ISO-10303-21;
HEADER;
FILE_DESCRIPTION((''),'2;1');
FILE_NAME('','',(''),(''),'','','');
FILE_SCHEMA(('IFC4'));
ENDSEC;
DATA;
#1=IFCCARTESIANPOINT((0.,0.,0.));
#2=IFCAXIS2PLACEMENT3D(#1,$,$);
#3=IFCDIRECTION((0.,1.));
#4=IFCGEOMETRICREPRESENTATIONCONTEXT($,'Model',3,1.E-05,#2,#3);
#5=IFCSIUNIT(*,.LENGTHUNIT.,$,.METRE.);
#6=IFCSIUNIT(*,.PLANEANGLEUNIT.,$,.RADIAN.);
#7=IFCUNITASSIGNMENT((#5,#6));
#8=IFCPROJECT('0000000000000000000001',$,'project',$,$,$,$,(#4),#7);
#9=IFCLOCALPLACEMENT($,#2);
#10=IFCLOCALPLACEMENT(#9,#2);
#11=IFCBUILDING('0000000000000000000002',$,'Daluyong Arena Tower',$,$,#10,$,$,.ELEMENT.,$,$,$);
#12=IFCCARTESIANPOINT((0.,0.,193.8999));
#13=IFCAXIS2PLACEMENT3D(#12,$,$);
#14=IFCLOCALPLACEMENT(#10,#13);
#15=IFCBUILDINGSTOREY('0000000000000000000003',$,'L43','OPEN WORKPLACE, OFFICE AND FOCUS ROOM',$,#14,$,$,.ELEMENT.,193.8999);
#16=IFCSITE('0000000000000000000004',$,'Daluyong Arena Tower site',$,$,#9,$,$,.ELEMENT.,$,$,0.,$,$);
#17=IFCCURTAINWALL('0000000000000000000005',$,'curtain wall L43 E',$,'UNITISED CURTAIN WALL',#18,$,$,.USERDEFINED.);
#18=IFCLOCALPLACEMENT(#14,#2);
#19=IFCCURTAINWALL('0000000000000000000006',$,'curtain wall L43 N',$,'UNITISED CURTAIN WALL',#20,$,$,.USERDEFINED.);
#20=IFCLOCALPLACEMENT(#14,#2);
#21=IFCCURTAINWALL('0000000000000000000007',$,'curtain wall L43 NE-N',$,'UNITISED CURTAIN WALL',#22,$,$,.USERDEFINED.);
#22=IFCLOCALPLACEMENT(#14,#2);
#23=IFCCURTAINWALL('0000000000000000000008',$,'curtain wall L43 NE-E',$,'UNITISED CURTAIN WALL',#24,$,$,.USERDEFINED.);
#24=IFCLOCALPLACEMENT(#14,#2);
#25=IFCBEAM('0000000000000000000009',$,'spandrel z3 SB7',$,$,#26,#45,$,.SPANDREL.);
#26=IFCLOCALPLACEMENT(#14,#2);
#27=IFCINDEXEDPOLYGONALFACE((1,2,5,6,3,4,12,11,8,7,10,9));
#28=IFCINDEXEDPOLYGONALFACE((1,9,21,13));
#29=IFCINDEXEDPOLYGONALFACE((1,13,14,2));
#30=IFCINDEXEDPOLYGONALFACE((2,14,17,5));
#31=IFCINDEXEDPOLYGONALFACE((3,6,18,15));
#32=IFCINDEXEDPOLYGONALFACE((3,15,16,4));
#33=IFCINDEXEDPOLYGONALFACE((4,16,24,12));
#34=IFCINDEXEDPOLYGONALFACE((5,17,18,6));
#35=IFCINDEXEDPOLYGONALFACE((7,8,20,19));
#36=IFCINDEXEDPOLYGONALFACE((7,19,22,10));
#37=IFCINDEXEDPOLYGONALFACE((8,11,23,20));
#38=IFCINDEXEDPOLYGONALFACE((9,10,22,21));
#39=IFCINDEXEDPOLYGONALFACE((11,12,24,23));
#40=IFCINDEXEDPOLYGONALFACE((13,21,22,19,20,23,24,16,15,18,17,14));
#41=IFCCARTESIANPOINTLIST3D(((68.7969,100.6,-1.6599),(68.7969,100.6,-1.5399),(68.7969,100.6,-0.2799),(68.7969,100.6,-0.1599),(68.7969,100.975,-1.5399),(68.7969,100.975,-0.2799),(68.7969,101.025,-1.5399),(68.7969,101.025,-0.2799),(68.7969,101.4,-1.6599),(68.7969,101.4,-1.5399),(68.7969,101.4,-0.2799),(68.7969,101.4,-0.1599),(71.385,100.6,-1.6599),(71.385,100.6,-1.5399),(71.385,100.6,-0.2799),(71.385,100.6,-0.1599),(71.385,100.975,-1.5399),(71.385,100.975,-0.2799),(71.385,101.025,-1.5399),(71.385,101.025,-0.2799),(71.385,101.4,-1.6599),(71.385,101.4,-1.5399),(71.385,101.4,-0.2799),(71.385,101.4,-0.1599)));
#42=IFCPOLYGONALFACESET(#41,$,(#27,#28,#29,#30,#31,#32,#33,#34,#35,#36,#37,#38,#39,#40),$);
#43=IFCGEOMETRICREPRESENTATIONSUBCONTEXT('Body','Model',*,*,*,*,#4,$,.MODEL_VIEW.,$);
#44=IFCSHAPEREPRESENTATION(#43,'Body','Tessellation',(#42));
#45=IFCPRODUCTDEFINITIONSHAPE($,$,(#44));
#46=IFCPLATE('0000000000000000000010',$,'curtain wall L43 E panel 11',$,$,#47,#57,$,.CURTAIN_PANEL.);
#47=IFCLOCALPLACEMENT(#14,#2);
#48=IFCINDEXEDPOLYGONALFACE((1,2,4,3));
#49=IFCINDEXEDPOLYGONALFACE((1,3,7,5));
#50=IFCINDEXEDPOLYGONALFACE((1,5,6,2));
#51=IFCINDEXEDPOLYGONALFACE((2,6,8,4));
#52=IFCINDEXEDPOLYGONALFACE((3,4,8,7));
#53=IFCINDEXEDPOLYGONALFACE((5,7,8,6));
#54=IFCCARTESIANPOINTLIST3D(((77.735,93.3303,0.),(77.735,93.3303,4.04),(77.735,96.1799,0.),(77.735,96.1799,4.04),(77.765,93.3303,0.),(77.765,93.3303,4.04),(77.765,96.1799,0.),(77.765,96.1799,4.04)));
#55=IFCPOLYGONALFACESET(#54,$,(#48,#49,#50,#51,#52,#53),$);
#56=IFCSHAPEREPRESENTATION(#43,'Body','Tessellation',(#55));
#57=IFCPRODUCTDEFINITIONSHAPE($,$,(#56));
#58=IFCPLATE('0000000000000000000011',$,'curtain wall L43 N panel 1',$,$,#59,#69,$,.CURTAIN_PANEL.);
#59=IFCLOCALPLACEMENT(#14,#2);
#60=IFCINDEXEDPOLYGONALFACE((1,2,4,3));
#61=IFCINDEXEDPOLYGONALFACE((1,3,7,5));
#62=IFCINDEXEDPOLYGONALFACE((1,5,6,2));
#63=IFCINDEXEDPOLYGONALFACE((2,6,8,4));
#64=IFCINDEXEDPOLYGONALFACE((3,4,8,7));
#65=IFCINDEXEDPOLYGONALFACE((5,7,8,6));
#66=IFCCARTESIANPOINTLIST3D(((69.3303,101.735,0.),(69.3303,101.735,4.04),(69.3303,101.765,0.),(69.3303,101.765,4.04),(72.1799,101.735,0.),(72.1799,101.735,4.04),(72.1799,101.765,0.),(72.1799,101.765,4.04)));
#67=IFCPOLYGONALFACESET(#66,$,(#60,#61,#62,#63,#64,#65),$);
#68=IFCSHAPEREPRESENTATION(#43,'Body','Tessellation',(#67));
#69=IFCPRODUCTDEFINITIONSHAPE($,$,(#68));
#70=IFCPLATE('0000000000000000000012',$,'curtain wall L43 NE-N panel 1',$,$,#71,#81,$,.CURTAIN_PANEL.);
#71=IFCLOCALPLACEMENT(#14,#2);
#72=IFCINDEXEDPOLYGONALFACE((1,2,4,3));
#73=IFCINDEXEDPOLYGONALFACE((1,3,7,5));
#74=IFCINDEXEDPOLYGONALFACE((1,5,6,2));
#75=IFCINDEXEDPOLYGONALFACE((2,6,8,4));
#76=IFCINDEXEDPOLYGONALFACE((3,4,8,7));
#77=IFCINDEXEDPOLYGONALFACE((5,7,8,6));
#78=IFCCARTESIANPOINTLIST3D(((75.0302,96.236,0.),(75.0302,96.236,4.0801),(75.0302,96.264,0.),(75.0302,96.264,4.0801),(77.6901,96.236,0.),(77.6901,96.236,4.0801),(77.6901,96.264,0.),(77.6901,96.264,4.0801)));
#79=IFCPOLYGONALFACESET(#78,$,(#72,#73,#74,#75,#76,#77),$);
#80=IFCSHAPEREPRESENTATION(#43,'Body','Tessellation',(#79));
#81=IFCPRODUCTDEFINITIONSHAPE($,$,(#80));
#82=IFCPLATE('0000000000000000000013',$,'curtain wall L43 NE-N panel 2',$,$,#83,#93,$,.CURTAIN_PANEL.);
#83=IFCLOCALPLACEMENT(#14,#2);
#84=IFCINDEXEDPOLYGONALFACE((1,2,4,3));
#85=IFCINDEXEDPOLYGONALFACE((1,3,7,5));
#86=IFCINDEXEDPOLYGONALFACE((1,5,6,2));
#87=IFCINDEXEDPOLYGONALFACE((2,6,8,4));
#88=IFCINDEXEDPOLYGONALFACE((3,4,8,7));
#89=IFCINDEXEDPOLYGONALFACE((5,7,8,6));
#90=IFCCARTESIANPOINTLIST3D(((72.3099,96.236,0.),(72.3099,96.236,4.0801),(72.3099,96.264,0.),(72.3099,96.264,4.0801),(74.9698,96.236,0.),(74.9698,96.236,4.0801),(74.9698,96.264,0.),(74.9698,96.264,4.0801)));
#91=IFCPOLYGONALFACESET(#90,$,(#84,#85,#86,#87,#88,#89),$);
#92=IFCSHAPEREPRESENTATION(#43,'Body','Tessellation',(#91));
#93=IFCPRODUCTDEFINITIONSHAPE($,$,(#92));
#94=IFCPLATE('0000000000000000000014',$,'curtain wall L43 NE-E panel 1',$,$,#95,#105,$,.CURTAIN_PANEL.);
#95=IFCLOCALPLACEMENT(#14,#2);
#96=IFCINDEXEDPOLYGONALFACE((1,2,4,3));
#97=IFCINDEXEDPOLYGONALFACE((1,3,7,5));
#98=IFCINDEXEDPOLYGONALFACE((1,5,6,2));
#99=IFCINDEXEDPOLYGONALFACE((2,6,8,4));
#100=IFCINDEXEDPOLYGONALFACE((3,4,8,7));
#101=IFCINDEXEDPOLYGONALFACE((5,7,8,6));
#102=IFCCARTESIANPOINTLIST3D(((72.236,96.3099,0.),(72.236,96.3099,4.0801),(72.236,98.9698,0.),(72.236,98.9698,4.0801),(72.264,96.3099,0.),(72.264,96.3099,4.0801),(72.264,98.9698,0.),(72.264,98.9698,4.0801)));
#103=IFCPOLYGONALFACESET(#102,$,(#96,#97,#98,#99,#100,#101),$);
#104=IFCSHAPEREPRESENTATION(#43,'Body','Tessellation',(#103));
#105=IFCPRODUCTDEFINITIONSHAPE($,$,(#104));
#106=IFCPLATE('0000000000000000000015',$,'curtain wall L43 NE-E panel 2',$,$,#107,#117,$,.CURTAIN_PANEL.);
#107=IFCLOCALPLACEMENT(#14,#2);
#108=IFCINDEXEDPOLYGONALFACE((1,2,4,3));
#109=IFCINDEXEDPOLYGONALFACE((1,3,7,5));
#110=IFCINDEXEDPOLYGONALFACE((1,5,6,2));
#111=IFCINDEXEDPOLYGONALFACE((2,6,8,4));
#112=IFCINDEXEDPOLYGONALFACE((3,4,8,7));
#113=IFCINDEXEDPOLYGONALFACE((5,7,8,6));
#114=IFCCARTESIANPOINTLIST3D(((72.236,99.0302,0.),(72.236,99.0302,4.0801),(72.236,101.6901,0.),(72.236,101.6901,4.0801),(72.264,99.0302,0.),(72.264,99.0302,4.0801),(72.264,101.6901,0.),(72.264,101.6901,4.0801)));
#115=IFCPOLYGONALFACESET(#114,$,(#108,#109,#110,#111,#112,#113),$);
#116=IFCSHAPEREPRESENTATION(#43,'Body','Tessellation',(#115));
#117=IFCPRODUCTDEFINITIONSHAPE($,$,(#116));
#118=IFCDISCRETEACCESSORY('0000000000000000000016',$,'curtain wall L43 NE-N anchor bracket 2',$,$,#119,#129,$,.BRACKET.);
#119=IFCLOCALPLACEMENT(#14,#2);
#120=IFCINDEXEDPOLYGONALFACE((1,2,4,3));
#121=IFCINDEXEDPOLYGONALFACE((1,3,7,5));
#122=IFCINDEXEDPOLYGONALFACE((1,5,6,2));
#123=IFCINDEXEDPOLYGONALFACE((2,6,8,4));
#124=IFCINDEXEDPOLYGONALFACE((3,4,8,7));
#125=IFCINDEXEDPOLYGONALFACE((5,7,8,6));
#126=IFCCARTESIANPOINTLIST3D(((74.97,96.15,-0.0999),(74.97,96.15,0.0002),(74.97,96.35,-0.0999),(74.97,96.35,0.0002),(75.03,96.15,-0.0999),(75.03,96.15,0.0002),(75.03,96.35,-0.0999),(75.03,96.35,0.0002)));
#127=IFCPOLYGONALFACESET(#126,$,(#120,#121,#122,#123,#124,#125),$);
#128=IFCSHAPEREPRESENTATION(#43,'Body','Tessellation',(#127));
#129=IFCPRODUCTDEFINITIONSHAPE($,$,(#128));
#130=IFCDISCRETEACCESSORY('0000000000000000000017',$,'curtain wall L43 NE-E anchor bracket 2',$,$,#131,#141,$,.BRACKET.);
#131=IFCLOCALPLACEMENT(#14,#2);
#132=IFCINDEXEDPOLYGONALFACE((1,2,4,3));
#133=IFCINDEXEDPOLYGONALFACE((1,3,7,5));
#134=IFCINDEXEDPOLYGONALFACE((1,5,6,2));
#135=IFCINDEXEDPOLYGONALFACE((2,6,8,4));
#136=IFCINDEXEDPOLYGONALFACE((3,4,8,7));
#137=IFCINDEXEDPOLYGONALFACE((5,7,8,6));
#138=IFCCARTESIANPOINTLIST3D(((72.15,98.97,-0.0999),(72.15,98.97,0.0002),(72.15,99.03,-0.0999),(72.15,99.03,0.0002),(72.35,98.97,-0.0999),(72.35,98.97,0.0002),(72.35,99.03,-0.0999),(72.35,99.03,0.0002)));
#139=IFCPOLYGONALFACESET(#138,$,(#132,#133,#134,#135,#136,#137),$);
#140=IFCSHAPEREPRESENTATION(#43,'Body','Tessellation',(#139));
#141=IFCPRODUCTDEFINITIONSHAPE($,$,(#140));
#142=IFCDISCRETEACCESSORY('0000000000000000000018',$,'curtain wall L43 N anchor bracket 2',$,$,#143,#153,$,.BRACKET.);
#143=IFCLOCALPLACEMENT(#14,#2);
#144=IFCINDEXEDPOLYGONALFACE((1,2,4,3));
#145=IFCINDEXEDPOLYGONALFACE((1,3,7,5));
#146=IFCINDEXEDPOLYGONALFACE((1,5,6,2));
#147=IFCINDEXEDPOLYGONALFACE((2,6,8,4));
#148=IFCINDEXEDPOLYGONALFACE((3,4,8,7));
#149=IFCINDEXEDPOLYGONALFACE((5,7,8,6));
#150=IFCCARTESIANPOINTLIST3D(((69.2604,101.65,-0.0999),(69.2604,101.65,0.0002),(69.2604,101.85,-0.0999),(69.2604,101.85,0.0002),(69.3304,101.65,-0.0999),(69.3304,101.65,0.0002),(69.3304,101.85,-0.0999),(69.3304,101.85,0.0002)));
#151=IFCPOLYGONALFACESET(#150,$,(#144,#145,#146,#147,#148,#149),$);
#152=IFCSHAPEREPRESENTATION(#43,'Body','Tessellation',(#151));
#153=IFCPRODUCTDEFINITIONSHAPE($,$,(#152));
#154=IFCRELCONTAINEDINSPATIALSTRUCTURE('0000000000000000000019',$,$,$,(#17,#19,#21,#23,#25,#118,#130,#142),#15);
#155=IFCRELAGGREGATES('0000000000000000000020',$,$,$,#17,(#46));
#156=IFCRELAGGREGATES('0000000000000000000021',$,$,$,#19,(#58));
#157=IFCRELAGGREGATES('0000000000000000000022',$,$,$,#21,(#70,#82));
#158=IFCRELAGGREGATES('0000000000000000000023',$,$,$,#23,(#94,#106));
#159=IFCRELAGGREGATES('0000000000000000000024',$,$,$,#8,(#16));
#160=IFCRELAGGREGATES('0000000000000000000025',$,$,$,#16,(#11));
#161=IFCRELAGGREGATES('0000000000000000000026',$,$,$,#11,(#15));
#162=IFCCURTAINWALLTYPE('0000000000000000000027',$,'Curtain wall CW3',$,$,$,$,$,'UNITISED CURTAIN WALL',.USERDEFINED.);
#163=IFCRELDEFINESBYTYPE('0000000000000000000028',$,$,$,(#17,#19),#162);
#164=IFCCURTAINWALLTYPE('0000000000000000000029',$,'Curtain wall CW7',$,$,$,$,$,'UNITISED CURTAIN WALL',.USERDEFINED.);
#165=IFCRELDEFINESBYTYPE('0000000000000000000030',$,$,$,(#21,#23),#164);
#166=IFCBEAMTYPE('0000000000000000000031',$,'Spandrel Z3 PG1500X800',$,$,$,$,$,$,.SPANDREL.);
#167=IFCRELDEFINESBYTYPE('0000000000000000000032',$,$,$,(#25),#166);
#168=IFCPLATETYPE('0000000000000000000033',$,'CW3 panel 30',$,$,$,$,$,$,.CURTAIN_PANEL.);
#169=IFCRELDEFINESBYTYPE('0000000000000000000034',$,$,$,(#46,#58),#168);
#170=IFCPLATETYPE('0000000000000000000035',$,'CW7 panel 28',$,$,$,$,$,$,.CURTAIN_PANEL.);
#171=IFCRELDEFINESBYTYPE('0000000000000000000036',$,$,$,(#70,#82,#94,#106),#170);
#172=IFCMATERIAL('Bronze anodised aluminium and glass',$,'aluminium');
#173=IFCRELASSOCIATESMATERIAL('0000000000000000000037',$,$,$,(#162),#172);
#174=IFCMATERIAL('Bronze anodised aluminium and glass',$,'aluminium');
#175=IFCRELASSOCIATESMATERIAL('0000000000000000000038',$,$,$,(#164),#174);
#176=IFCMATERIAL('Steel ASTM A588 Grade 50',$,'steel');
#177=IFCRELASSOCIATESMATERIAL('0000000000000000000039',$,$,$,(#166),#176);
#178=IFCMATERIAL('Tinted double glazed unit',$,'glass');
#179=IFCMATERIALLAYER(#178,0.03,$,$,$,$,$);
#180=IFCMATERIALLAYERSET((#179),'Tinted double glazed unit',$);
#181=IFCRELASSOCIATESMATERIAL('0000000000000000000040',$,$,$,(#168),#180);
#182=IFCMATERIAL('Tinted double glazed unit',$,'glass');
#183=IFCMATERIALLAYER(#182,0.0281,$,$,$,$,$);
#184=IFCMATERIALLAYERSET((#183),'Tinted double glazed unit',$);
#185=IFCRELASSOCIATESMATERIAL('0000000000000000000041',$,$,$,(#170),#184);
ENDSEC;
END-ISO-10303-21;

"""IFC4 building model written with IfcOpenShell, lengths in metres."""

from ifc_helpers import new_model, si_unit, direction, frame, origin, origin_2d, place, context, subcontext, project, spatial, rectangle, i_section, extrude, material, layer, layer_set, material_profile, profile_set, type_object, element, aggregate, save


model = new_model("IFC4")

# Units and contexts
model_context = context("Model", 3, precision=1e-05, world=origin(), true_north=direction((0.0, 1.0)))
body_context = subcontext(model_context, "Body", "Model", "MODEL_VIEW")
ifc_project = project(units=[si_unit("LENGTHUNIT", "METRE"), si_unit("PLANEANGLEUNIT", "RADIAN")], contexts=[model_context])

# Site, building, storey
site_placement = place(None, origin())
site = spatial("IfcSite", under=ifc_project, at=site_placement, Name="Daluyong Arena Tower site", CompositionType="ELEMENT", RefElevation=0.0)
building_placement = place(site_placement, origin())
building = spatial("IfcBuilding", under=site, at=building_placement, Name="Daluyong Arena Tower", CompositionType="ELEMENT")
storey_placement = place(building_placement, frame((0.0, 0.0, 193.8999)))
storey = spatial("IfcBuildingStorey", under=building, at=storey_placement, Name="L43", Description="OPEN WORKPLACE, OFFICE AND FOCUS ROOM", CompositionType="ELEMENT", Elevation=193.8999)

# Curtain wall
ifc_material_1 = material(Name="Bronze anodised aluminium and glass", Category="aluminium")
curtain_wall_type_1 = type_object("IfcCurtainWallType", Name="Curtain wall CW3", ElementType="UNITISED CURTAIN WALL", PredefinedType="USERDEFINED", material=ifc_material_1)
curtain_wall_1_placement = place(storey_placement, origin())
curtain_wall_1 = element("IfcCurtainWall", 1, at=curtain_wall_1_placement, inside=storey, type_object=curtain_wall_type_1, Name="curtain wall L43 E", ObjectType="UNITISED CURTAIN WALL", PredefinedType="USERDEFINED")

# Curtain wall
curtain_wall_2_placement = place(storey_placement, origin())
curtain_wall_2 = element("IfcCurtainWall", 2, at=curtain_wall_2_placement, inside=storey, type_object=curtain_wall_type_1, Name="curtain wall L43 N", ObjectType="UNITISED CURTAIN WALL", PredefinedType="USERDEFINED")

# Curtain walls
ifc_material_2 = material(Name="Bronze anodised aluminium and glass", Category="aluminium")
curtain_wall_type_2 = type_object("IfcCurtainWallType", Name="Curtain wall CW7", ElementType="UNITISED CURTAIN WALL", PredefinedType="USERDEFINED", material=ifc_material_2)
curtain_wall_3_placement = place(storey_placement, origin())
curtain_wall_3 = element("IfcCurtainWall", 3, at=curtain_wall_3_placement, inside=storey, type_object=curtain_wall_type_2, Name="curtain wall L43 NE-N", ObjectType="UNITISED CURTAIN WALL", PredefinedType="USERDEFINED")
curtain_wall_4_placement = place(storey_placement, origin())
curtain_wall_4 = element("IfcCurtainWall", 4, at=curtain_wall_4_placement, inside=storey, type_object=curtain_wall_type_2, Name="curtain wall L43 NE-E", ObjectType="UNITISED CURTAIN WALL", PredefinedType="USERDEFINED")

# Beam
ifc_material_3 = material(Name="Steel ASTM A588 Grade 50", Category="steel")
ifc_material_profile_1 = material_profile(ifc_material_3, i_section(OverallWidth=0.8, OverallDepth=1.5, WebThickness=0.05, FlangeThickness=0.12, at=origin_2d()))
ifc_profile_set_1 = profile_set([ifc_material_profile_1], Name="Steel ASTM A588 Grade 50")
beam_type_1 = type_object("IfcBeamType", Name="Spandrel Z3 PG1500X800", PredefinedType="SPANDREL", material=ifc_profile_set_1)
beam_1_placement = place(storey_placement, frame((71.385, 101.0, -0.9099), z_axis=(-1.0, 0.0, 0.0), x_axis=(0.0, -1.0, 0.0)))
element("IfcBeam", 5, at=beam_1_placement, inside=storey, type_object=beam_type_1, Name="spandrel z3 SB7", PredefinedType="SPANDREL", context=body_context, shape_type="SweptSolid", body=[
    extrude(i_section(OverallWidth=0.8, OverallDepth=1.5, WebThickness=0.05, FlangeThickness=0.12, at=origin_2d()), origin(), (0.0, 0.0, 1.0), 2.5881),
])

# Plates
ifc_material_4 = material(Name="Tinted double glazed unit", Category="glass")
ifc_layer_1 = layer(ifc_material_4, 0.03)
ifc_layer_set_1 = layer_set([ifc_layer_1], Name="Tinted double glazed unit")
plate_type_1 = type_object("IfcPlateType", Name="CW3 panel 30", PredefinedType="CURTAIN_PANEL", material=ifc_layer_set_1)
plate_1_placement = place(storey_placement, frame((77.75, 94.7551, 0.0), z_axis=(0.0, 0.0, 1.0), x_axis=(0.0, 1.0, 0.0)))
plate_1 = element("IfcPlate", 6, at=plate_1_placement, type_object=plate_type_1, Name="curtain wall L43 E panel 11", PredefinedType="CURTAIN_PANEL", context=body_context, shape_type="SweptSolid", body=[
    extrude(rectangle(XDim=2.8496, YDim=0.03, at=origin_2d()), origin(), (0.0, 0.0, 1.0), 4.04),
])
aggregate(curtain_wall_1, [plate_1])
plate_2_placement = place(storey_placement, frame((70.7551, 101.75, 0.0), z_axis=(0.0, 0.0, 1.0), x_axis=(-1.0, 0.0, 0.0)))
plate_2 = element("IfcPlate", 7, at=plate_2_placement, type_object=plate_type_1, Name="curtain wall L43 N panel 1", PredefinedType="CURTAIN_PANEL", context=body_context, shape_type="SweptSolid", body=[
    extrude(rectangle(XDim=2.8496, YDim=0.03, at=origin_2d()), origin(), (0.0, 0.0, 1.0), 4.04),
])
aggregate(curtain_wall_2, [plate_2])
ifc_material_5 = material(Name="Tinted double glazed unit", Category="glass")
ifc_layer_2 = layer(ifc_material_5, 0.0281)
ifc_layer_set_2 = layer_set([ifc_layer_2], Name="Tinted double glazed unit")
plate_type_2 = type_object("IfcPlateType", Name="CW7 panel 28", PredefinedType="CURTAIN_PANEL", material=ifc_layer_set_2)
plate_3_placement = place(storey_placement, frame((76.3601, 96.25, 0.0), z_axis=(0.0, 0.0, 1.0), x_axis=(-1.0, 0.0, 0.0)))
plate_3 = element("IfcPlate", 8, at=plate_3_placement, type_object=plate_type_2, Name="curtain wall L43 NE-N panel 1", PredefinedType="CURTAIN_PANEL", context=body_context, shape_type="SweptSolid", body=[
    extrude(rectangle(XDim=2.6599, YDim=0.0281, at=origin_2d()), origin(), (0.0, 0.0, 1.0), 4.0801),
])
plate_4_placement = place(storey_placement, frame((73.6399, 96.25, 0.0), z_axis=(0.0, 0.0, 1.0), x_axis=(-1.0, 0.0, 0.0)))
plate_4 = element("IfcPlate", 9, at=plate_4_placement, type_object=plate_type_2, Name="curtain wall L43 NE-N panel 2", PredefinedType="CURTAIN_PANEL", context=body_context, shape_type="SweptSolid", body=[
    extrude(rectangle(XDim=2.6599, YDim=0.0281, at=origin_2d()), origin(), (0.0, 0.0, 1.0), 4.0801),
])
aggregate(curtain_wall_3, [plate_3, plate_4])
plate_5_placement = place(storey_placement, frame((72.25, 97.6399, 0.0), z_axis=(0.0, 0.0, 1.0), x_axis=(0.0, 1.0, 0.0)))
plate_5 = element("IfcPlate", 10, at=plate_5_placement, type_object=plate_type_2, Name="curtain wall L43 NE-E panel 1", PredefinedType="CURTAIN_PANEL", context=body_context, shape_type="SweptSolid", body=[
    extrude(rectangle(XDim=2.6599, YDim=0.0281, at=origin_2d()), origin(), (0.0, 0.0, 1.0), 4.0801),
])
plate_6_placement = place(storey_placement, frame((72.25, 100.3601, 0.0), z_axis=(0.0, 0.0, 1.0), x_axis=(0.0, 1.0, 0.0)))
plate_6 = element("IfcPlate", 11, at=plate_6_placement, type_object=plate_type_2, Name="curtain wall L43 NE-E panel 2", PredefinedType="CURTAIN_PANEL", context=body_context, shape_type="SweptSolid", body=[
    extrude(rectangle(XDim=2.6599, YDim=0.0281, at=origin_2d()), origin(), (0.0, 0.0, 1.0), 4.0801),
])
aggregate(curtain_wall_4, [plate_5, plate_6])

# Discrete accessories
for number, where, z_axis, x_axis, name in (
    (12, (75.0, 96.25, -0.0999), (0.0, 0.0, 1.0), (-1.0, 0.0, 0.0), "curtain wall L43 NE-N anchor bracket 2"),
    (13, (72.25, 99.0, -0.0999), (0.0, 0.0, 1.0), (0.0, 1.0, 0.0), "curtain wall L43 NE-E anchor bracket 2"),
):
    element("IfcDiscreteAccessory", number, at=place(storey_placement, frame(where, z_axis=z_axis, x_axis=x_axis)), inside=storey, Name=name, PredefinedType="BRACKET", context=body_context, shape_type="SweptSolid", body=[
        extrude(rectangle(XDim=0.0601, YDim=0.2, at=origin_2d()), origin(), (0.0, 0.0, 1.0), 0.1001),
    ])
discrete_accessory_placement = place(storey_placement, frame((69.2954, 101.75, -0.0999), z_axis=(0.0, 0.0, 1.0), x_axis=(-1.0, 0.0, 0.0)))
element("IfcDiscreteAccessory", 14, at=discrete_accessory_placement, inside=storey, Name="curtain wall L43 N anchor bracket 2", PredefinedType="BRACKET", context=body_context, shape_type="SweptSolid", body=[
    extrude(rectangle(XDim=0.0701, YDim=0.2, at=origin_2d()), origin(), (0.0, 0.0, 1.0), 0.1001),
])

save(model, "model.ifc")
